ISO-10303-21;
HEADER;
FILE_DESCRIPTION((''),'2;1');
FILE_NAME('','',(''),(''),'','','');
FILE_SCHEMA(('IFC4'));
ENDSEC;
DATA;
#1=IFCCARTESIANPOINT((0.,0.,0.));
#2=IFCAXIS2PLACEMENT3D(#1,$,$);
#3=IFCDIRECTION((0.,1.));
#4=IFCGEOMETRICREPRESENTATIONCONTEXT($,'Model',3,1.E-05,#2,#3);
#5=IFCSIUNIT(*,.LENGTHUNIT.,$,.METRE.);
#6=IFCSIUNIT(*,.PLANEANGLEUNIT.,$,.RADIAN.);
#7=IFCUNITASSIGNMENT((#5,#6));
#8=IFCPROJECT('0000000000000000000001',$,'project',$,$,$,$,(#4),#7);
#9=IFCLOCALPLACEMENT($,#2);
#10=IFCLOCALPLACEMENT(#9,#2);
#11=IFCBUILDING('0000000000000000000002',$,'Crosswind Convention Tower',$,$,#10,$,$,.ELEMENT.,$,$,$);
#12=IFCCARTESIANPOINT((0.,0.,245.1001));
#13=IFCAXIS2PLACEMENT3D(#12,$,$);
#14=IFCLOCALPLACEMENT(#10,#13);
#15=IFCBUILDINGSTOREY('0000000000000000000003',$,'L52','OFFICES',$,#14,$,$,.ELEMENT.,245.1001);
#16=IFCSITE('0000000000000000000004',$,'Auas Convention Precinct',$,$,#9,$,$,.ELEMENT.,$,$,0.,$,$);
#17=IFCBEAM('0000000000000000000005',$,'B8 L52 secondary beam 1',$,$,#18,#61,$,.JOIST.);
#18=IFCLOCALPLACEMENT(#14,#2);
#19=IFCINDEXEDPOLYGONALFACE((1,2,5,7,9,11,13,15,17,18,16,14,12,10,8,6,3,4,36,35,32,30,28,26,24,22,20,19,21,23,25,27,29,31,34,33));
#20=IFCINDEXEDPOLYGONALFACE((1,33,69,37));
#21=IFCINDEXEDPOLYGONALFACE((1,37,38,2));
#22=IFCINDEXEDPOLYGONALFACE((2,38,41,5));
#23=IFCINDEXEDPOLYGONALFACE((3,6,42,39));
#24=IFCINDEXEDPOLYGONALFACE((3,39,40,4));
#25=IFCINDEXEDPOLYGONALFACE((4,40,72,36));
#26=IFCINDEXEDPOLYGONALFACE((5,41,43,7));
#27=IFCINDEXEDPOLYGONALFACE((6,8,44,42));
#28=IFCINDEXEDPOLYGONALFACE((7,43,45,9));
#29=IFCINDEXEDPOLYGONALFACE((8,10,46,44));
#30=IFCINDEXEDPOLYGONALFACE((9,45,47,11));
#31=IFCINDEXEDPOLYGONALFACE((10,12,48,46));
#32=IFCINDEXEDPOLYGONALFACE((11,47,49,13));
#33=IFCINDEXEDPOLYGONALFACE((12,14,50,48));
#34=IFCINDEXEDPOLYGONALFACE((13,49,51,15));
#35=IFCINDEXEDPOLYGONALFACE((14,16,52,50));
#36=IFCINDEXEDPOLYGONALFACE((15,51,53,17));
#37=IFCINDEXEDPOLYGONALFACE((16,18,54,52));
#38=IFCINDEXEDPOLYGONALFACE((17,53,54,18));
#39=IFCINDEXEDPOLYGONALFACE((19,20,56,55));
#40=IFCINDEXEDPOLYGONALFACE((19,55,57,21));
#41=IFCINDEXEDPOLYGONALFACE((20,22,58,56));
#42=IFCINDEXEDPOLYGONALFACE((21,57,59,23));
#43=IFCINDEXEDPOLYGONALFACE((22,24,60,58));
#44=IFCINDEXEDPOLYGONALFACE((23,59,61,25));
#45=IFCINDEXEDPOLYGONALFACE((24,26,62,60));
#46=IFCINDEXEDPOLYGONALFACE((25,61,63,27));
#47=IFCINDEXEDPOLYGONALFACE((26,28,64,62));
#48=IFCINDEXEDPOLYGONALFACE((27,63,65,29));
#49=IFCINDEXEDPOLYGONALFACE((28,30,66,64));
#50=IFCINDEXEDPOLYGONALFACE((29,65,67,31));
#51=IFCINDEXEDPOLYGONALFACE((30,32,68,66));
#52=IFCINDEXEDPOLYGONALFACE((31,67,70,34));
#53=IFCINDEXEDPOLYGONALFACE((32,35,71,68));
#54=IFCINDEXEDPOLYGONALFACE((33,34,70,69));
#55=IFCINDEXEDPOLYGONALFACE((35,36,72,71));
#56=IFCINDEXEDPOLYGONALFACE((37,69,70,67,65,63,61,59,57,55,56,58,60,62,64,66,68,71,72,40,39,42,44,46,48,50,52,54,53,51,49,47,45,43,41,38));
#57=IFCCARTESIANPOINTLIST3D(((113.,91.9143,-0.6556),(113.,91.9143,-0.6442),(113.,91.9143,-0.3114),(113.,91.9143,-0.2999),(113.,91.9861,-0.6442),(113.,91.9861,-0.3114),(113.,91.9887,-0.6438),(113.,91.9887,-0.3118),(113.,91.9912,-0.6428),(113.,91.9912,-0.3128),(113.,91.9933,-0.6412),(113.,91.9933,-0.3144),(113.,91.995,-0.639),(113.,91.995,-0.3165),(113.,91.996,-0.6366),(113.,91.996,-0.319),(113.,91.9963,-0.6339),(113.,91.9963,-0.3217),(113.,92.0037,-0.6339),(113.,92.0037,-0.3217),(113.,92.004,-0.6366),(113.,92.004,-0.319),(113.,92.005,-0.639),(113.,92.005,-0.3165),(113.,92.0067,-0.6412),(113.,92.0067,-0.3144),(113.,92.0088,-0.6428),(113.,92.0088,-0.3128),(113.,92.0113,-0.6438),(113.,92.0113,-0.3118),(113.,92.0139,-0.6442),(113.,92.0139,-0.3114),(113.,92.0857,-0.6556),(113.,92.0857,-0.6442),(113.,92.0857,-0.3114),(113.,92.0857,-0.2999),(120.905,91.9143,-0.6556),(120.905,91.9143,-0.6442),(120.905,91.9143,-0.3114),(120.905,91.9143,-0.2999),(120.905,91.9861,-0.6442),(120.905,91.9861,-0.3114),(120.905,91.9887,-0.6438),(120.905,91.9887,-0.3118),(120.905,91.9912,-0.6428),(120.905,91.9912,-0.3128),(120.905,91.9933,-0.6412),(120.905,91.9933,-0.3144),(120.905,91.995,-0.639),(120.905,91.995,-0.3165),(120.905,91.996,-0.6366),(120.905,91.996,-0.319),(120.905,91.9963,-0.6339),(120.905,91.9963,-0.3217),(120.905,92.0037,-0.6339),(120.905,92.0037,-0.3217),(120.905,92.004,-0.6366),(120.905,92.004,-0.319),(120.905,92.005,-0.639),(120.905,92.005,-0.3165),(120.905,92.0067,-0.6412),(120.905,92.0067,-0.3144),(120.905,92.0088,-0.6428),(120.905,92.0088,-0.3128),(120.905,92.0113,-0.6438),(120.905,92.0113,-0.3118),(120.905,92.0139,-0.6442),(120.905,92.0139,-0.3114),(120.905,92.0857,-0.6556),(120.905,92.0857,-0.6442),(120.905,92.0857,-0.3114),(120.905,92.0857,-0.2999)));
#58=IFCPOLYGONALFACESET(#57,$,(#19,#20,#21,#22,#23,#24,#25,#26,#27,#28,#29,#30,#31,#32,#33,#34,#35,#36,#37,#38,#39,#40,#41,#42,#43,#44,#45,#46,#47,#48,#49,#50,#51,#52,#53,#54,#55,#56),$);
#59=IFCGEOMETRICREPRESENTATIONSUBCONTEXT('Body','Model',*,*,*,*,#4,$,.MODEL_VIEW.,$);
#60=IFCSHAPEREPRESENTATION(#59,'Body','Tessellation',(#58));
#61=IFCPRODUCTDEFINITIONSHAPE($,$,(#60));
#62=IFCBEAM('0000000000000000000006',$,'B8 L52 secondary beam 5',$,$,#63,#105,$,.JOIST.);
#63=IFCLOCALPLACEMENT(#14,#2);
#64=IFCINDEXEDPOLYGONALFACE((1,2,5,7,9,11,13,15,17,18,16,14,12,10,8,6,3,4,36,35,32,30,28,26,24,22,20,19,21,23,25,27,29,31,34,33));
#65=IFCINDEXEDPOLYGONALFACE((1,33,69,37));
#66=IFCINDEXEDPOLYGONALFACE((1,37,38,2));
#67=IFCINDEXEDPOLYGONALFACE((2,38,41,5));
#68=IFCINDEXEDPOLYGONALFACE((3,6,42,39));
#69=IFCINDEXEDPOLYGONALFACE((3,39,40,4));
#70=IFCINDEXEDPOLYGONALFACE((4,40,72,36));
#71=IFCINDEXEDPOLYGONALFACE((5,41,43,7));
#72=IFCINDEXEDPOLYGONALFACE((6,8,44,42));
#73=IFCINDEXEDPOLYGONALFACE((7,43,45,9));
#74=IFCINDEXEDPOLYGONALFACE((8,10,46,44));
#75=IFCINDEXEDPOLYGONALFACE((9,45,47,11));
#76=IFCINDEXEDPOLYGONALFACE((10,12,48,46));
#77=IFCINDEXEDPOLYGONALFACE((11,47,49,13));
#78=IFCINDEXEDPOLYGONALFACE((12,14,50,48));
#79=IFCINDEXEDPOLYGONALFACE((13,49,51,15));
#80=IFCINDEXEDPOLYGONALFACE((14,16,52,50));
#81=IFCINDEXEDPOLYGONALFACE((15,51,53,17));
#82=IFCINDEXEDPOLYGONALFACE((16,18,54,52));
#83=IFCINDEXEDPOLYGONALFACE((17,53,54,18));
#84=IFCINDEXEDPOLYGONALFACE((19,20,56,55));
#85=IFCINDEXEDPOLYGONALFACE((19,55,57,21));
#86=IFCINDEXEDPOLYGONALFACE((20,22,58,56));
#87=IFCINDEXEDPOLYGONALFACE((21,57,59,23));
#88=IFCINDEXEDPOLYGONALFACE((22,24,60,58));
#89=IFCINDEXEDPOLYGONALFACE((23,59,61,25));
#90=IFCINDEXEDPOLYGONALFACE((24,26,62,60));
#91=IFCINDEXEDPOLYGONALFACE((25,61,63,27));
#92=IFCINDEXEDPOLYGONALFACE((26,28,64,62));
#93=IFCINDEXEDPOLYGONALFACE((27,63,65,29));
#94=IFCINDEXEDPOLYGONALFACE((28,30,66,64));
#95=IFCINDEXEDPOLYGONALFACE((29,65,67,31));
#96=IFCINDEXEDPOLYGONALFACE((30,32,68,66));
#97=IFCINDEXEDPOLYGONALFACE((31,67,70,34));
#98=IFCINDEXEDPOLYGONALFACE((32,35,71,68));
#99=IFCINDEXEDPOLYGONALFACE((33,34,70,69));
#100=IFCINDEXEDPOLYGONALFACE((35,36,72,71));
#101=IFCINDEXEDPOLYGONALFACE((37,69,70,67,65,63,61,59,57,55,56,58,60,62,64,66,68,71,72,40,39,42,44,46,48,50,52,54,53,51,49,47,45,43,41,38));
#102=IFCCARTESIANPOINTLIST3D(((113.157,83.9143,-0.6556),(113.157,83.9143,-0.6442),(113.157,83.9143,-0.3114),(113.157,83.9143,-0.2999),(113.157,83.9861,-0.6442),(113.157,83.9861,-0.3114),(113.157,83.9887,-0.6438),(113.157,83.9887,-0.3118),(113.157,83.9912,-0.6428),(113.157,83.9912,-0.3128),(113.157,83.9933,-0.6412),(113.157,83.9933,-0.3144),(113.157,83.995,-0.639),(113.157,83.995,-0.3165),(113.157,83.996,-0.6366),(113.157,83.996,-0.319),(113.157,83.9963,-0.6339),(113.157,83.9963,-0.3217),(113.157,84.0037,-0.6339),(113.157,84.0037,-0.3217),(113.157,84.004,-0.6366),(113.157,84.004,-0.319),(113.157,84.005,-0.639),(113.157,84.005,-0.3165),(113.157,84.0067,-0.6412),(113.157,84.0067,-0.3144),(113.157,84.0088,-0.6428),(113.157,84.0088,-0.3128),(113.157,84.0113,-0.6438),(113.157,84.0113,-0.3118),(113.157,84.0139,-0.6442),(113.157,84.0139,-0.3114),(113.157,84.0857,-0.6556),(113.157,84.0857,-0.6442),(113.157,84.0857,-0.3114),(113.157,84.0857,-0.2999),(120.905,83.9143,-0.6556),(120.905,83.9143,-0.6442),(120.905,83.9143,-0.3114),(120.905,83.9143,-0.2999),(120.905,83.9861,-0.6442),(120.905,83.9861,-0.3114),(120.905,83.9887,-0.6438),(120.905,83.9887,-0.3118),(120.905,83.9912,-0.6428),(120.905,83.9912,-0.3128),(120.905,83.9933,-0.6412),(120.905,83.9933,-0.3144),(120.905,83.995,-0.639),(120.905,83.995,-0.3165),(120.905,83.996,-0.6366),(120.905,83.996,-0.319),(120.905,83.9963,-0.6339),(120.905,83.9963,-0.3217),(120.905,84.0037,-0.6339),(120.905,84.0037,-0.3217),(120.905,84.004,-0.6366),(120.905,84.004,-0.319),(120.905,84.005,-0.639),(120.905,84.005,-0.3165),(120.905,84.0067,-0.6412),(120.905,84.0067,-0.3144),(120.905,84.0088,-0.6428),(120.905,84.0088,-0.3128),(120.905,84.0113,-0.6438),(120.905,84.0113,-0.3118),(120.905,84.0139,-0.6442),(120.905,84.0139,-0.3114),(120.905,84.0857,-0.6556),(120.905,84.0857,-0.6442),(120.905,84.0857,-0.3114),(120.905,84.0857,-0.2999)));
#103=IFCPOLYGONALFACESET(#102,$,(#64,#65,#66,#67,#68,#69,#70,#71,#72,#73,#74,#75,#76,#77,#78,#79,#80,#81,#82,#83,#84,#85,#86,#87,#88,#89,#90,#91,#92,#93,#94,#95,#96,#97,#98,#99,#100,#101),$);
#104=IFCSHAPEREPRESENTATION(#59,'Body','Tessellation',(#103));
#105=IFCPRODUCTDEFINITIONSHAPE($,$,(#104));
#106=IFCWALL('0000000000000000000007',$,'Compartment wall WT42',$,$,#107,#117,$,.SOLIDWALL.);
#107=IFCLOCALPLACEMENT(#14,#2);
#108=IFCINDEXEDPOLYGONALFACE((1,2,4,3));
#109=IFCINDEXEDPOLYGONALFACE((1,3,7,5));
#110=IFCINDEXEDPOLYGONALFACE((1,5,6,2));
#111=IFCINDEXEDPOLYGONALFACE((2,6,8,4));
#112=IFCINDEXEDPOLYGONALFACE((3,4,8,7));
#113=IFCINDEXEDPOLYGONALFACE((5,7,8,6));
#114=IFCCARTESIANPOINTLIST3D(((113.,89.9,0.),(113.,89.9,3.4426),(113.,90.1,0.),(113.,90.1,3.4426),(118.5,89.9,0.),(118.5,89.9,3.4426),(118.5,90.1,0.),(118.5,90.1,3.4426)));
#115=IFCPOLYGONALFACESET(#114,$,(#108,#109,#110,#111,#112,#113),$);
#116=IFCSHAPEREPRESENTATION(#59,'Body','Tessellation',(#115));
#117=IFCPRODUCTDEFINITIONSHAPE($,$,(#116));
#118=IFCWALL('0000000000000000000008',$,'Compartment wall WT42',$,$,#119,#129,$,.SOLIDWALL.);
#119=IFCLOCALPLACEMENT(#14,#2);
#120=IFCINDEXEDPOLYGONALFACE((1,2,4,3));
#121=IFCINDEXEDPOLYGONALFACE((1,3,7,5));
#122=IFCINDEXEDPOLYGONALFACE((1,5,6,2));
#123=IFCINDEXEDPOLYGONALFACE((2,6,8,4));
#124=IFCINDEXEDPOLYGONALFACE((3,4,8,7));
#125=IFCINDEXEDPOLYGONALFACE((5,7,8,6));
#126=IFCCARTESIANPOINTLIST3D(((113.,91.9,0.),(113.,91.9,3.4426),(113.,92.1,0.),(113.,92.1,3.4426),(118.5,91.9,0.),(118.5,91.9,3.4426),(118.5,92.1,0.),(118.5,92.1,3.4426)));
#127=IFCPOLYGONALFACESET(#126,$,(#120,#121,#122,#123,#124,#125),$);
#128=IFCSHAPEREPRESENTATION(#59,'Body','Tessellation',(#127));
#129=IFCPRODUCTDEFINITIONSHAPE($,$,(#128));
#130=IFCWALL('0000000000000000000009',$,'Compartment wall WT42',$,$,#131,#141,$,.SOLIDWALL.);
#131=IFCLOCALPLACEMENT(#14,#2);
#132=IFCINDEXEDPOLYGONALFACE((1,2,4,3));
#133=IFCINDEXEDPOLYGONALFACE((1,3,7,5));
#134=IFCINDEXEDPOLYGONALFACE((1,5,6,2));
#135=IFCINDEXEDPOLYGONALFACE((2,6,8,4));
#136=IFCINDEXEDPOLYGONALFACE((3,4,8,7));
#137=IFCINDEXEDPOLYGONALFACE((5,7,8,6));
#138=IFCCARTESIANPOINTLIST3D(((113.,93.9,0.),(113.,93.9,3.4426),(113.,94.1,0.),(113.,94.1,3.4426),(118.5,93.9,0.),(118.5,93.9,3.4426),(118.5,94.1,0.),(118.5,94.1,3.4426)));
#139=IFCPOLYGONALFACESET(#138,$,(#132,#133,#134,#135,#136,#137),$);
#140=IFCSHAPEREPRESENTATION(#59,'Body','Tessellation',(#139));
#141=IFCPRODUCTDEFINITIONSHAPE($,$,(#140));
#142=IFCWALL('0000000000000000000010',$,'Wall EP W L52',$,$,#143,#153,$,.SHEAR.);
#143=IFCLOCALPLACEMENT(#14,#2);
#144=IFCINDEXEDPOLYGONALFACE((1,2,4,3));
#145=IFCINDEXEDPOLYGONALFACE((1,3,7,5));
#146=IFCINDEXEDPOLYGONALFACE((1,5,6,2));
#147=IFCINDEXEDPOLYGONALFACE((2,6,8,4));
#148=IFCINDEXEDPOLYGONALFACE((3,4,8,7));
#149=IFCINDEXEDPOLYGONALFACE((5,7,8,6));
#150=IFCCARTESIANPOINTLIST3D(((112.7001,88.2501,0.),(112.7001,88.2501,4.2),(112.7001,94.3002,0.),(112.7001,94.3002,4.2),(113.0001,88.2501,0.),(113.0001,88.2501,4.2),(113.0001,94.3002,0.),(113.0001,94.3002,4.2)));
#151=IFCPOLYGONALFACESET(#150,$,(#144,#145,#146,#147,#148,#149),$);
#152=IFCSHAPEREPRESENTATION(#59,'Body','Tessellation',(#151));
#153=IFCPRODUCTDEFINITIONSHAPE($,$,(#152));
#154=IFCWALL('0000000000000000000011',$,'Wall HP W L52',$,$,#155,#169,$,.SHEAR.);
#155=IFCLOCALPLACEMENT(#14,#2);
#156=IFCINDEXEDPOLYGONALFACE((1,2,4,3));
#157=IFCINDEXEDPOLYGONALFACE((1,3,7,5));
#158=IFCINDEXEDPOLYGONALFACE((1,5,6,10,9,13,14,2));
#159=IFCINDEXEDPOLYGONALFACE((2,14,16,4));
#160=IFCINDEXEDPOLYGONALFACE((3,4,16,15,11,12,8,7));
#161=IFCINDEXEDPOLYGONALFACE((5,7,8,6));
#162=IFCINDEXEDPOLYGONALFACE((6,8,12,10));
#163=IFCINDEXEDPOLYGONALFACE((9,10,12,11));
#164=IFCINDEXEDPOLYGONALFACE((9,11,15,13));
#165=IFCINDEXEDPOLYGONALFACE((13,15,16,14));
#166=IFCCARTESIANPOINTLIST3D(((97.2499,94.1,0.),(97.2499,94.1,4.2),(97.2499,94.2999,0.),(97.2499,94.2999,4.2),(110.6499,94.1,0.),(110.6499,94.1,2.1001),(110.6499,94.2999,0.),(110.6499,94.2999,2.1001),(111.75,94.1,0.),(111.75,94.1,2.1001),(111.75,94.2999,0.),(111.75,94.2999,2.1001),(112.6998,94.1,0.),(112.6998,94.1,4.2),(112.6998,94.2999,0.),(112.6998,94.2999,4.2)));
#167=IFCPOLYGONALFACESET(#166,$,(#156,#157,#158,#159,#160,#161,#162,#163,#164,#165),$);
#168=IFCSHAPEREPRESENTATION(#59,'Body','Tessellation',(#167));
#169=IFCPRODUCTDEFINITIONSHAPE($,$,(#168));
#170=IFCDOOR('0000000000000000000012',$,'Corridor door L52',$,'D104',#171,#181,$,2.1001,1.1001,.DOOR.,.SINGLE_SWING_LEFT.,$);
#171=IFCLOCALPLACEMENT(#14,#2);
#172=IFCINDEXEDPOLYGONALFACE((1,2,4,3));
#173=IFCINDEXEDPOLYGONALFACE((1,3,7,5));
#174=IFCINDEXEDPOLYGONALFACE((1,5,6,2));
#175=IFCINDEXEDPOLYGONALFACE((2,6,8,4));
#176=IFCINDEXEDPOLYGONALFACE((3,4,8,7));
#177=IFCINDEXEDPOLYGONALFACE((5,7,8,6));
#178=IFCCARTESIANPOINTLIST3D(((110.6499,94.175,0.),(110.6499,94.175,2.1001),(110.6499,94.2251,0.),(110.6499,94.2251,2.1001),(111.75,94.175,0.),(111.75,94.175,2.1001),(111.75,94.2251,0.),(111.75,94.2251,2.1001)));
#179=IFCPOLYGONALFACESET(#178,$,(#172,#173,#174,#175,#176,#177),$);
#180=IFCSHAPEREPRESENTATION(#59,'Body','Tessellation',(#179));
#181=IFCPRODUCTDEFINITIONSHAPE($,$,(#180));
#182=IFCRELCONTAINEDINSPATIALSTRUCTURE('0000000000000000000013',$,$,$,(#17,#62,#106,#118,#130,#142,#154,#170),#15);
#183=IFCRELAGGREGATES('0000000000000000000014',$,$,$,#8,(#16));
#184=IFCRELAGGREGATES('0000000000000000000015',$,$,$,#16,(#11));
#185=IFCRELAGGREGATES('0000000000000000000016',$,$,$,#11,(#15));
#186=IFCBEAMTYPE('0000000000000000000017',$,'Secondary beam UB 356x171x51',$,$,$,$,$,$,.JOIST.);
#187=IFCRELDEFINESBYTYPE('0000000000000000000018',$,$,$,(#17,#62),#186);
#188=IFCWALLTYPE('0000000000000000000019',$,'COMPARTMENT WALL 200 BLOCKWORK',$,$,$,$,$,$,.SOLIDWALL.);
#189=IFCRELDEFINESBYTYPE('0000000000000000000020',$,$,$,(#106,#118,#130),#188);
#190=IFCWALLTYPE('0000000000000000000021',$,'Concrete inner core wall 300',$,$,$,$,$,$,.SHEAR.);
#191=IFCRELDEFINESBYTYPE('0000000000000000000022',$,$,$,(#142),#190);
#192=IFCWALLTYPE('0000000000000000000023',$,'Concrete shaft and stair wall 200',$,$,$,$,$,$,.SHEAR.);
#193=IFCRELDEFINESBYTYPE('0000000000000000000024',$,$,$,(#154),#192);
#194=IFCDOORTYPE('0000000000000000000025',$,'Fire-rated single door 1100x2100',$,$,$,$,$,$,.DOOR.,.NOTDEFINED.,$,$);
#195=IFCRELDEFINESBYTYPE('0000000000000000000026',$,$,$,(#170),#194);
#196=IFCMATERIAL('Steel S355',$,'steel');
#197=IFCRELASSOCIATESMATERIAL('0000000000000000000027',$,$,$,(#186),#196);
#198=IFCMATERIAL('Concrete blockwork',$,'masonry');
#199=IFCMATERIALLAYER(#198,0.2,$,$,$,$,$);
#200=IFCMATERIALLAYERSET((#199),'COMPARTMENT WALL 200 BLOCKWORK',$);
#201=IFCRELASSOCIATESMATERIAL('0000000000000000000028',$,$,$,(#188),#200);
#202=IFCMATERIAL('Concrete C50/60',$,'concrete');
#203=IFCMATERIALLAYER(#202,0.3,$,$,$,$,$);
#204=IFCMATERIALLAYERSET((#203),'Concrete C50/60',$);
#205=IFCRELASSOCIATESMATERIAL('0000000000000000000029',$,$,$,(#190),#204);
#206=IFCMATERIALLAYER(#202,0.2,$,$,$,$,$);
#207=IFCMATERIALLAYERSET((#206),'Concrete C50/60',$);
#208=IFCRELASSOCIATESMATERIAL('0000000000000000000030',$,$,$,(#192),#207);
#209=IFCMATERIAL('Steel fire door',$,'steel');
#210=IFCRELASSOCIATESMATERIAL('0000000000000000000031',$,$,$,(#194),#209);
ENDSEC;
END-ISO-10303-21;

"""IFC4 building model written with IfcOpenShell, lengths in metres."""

from ifc_helpers import new_model, si_unit, direction, frame, frame_2d, origin, origin_2d, place, context, subcontext, project, spatial, rectangle, i_section, extrude, material, layer, layer_set, material_profile, profile_set, type_object, element, fill, save


model = new_model("IFC4")

# Units and contexts
model_context = context("Model", 3, precision=1e-05, world=origin(), true_north=direction((0.0, 1.0)))
body_context = subcontext(model_context, "Body", "Model", "MODEL_VIEW")
ifc_project = project(units=[si_unit("LENGTHUNIT", "METRE"), si_unit("PLANEANGLEUNIT", "RADIAN")], contexts=[model_context])

# Site, building, storey
site_placement = place(None, origin())
site = spatial("IfcSite", under=ifc_project, at=site_placement, Name="Auas Convention Precinct", CompositionType="ELEMENT", RefElevation=0.0)
building_placement = place(site_placement, origin())
building = spatial("IfcBuilding", under=site, at=building_placement, Name="Crosswind Convention Tower", CompositionType="ELEMENT")
storey_placement = place(building_placement, frame((0.0, 0.0, 245.1001)))
storey = spatial("IfcBuildingStorey", under=building, at=storey_placement, Name="L52", Description="OFFICES", CompositionType="ELEMENT", Elevation=245.1001)

# Beams
ifc_material_1 = material(Name="Steel S355", Category="steel")
ifc_material_profile_1 = material_profile(ifc_material_1, i_section(OverallWidth=0.1714, OverallDepth=0.3557, WebThickness=0.0073, FlangeThickness=0.0115, FilletRadius=0.0103, at=origin_2d()), Name="UB 356x171x51")
ifc_profile_set_1 = profile_set([ifc_material_profile_1], Name="Steel S355")
beam_type_1 = type_object("IfcBeamType", Name="Secondary beam UB 356x171x51", PredefinedType="JOIST", material=ifc_profile_set_1)
beam_1_placement = place(storey_placement, frame((113.0, 92.0, -0.4778), z_axis=(1.0, 0.0, 0.0), x_axis=(0.0, 1.0, 0.0)))
element("IfcBeam", 1, at=beam_1_placement, inside=storey, type_object=beam_type_1, Name="B8 L52 secondary beam 1", PredefinedType="JOIST", context=body_context, shape_type="SweptSolid", body=[
    extrude(i_section(OverallWidth=0.1714, OverallDepth=0.3557, WebThickness=0.0073, FlangeThickness=0.0115, FilletRadius=0.0103, at=origin_2d()), origin(), (0.0, 0.0, 1.0), 7.905),
])
beam_2_placement = place(storey_placement, frame((113.157, 84.0, -0.4778), z_axis=(1.0, 0.0, 0.0), x_axis=(0.0, 1.0, 0.0)))
element("IfcBeam", 2, at=beam_2_placement, inside=storey, type_object=beam_type_1, Name="B8 L52 secondary beam 5", PredefinedType="JOIST", context=body_context, shape_type="SweptSolid", body=[
    extrude(i_section(OverallWidth=0.1714, OverallDepth=0.3557, WebThickness=0.0073, FlangeThickness=0.0115, FilletRadius=0.0103, at=origin_2d()), origin(), (0.0, 0.0, 1.0), 7.748),
])

# Walls
ifc_material_2 = material(Name="Concrete blockwork", Category="masonry")
ifc_layer_1 = layer(ifc_material_2, 0.2)
ifc_layer_set_1 = layer_set([ifc_layer_1], Name="COMPARTMENT WALL 200 BLOCKWORK")
wall_type_1 = type_object("IfcWallType", Name="COMPARTMENT WALL 200 BLOCKWORK", PredefinedType="SOLIDWALL", material=ifc_layer_set_1)
for number, where, z_axis, x_axis, name in (
    (3, (113.0, 90.0, 0.0), (0.0, 0.0, 1.0), (1.0, 0.0, 0.0), "Compartment wall WT42"),
    (4, (113.0, 92.0, 0.0), (0.0, 0.0, 1.0), (1.0, 0.0, 0.0), "Compartment wall WT42"),
    (5, (113.0, 94.0, 0.0), (0.0, 0.0, 1.0), (1.0, 0.0, 0.0), "Compartment wall WT42"),
):
    element("IfcWall", number, at=place(storey_placement, frame(where, z_axis=z_axis, x_axis=x_axis)), inside=storey, type_object=wall_type_1, Name=name, PredefinedType="SOLIDWALL", context=body_context, shape_type="SweptSolid", body=[
        extrude(rectangle(XDim=5.5, YDim=0.2, at=frame_2d((2.75, 0.0))), origin(), (0.0, 0.0, 1.0), 3.4426),
    ])
ifc_material_3 = material(Name="Concrete C50/60", Category="concrete")
ifc_layer_2 = layer(ifc_material_3, 0.3)
ifc_layer_set_2 = layer_set([ifc_layer_2], Name="Concrete C50/60")
wall_type_2 = type_object("IfcWallType", Name="Concrete inner core wall 300", PredefinedType="SHEAR", material=ifc_layer_set_2)
wall_1_placement = place(storey_placement, frame((112.8501, 94.3, 0.0), z_axis=(0.0, 0.0, 1.0), x_axis=(0.0, -1.0, 0.0)))
element("IfcWall", 6, at=wall_1_placement, inside=storey, type_object=wall_type_2, Name="Wall EP W L52", PredefinedType="SHEAR", context=body_context, shape_type="SweptSolid", body=[
    extrude(rectangle(XDim=6.05, YDim=0.3, at=frame_2d((3.0249, 0.0))), origin(), (0.0, 0.0, 1.0), 4.2),
])

# Wall, opening, door
ifc_layer_3 = layer(ifc_material_3, 0.2)
ifc_layer_set_3 = layer_set([ifc_layer_3], Name="Concrete C50/60")
wall_type_3 = type_object("IfcWallType", Name="Concrete shaft and stair wall 200", PredefinedType="SHEAR", material=ifc_layer_set_3)
wall_2_placement = place(storey_placement, frame((112.7, 94.2, 0.0), z_axis=(0.0, 0.0, 1.0), x_axis=(-1.0, 0.0, 0.0)))
wall_2 = element("IfcWall", 7, at=wall_2_placement, inside=storey, type_object=wall_type_3, Name="Wall HP W L52", PredefinedType="SHEAR", context=body_context, shape_type="SweptSolid", body=[
    extrude(rectangle(XDim=15.45, YDim=0.2, at=frame_2d((7.7251, 0.0))), origin(), (0.0, 0.0, 1.0), 4.2),
])
opening_1_placement = place(wall_2_placement, frame((0.95, 0.0, 0.0)))
opening_1 = element("IfcOpeningElement", 8, at=opening_1_placement, cuts=wall_2, PredefinedType="OPENING", context=body_context, shape_type="SweptSolid", body=[
    extrude(rectangle(XDim=1.1001, YDim=2.1001, at=frame_2d((0.55, 1.05))), frame((0.0, 0.1099, 0.0), z_axis=(0.0, -1.0, 0.0), x_axis=(1.0, 0.0, 0.0)), (0.0, 0.0, 1.0), 0.22),
])
ifc_material_4 = material(Name="Steel fire door", Category="steel")
door_type_1 = type_object("IfcDoorType", Name="Fire-rated single door 1100x2100", OperationType="NOTDEFINED", PredefinedType="DOOR", material=ifc_material_4)
door_1_placement = place(opening_1_placement, origin())
door_1 = element("IfcDoor", 9, at=door_1_placement, inside=storey, type_object=door_type_1, Name="Corridor door L52", ObjectType="D104", OperationType="SINGLE_SWING_LEFT", OverallHeight=2.1001, OverallWidth=1.1001, PredefinedType="DOOR", context=body_context, shape_type="SweptSolid", body=[
    extrude(rectangle(XDim=1.1001, YDim=2.1001, at=frame_2d((0.55, 1.05))), frame((0.0, 0.0249, 0.0), z_axis=(0.0, -1.0, 0.0), x_axis=(1.0, 0.0, 0.0)), (0.0, 0.0, 1.0), 0.05),
])
fill(opening_1, door_1)

save(model, "model.ifc")
